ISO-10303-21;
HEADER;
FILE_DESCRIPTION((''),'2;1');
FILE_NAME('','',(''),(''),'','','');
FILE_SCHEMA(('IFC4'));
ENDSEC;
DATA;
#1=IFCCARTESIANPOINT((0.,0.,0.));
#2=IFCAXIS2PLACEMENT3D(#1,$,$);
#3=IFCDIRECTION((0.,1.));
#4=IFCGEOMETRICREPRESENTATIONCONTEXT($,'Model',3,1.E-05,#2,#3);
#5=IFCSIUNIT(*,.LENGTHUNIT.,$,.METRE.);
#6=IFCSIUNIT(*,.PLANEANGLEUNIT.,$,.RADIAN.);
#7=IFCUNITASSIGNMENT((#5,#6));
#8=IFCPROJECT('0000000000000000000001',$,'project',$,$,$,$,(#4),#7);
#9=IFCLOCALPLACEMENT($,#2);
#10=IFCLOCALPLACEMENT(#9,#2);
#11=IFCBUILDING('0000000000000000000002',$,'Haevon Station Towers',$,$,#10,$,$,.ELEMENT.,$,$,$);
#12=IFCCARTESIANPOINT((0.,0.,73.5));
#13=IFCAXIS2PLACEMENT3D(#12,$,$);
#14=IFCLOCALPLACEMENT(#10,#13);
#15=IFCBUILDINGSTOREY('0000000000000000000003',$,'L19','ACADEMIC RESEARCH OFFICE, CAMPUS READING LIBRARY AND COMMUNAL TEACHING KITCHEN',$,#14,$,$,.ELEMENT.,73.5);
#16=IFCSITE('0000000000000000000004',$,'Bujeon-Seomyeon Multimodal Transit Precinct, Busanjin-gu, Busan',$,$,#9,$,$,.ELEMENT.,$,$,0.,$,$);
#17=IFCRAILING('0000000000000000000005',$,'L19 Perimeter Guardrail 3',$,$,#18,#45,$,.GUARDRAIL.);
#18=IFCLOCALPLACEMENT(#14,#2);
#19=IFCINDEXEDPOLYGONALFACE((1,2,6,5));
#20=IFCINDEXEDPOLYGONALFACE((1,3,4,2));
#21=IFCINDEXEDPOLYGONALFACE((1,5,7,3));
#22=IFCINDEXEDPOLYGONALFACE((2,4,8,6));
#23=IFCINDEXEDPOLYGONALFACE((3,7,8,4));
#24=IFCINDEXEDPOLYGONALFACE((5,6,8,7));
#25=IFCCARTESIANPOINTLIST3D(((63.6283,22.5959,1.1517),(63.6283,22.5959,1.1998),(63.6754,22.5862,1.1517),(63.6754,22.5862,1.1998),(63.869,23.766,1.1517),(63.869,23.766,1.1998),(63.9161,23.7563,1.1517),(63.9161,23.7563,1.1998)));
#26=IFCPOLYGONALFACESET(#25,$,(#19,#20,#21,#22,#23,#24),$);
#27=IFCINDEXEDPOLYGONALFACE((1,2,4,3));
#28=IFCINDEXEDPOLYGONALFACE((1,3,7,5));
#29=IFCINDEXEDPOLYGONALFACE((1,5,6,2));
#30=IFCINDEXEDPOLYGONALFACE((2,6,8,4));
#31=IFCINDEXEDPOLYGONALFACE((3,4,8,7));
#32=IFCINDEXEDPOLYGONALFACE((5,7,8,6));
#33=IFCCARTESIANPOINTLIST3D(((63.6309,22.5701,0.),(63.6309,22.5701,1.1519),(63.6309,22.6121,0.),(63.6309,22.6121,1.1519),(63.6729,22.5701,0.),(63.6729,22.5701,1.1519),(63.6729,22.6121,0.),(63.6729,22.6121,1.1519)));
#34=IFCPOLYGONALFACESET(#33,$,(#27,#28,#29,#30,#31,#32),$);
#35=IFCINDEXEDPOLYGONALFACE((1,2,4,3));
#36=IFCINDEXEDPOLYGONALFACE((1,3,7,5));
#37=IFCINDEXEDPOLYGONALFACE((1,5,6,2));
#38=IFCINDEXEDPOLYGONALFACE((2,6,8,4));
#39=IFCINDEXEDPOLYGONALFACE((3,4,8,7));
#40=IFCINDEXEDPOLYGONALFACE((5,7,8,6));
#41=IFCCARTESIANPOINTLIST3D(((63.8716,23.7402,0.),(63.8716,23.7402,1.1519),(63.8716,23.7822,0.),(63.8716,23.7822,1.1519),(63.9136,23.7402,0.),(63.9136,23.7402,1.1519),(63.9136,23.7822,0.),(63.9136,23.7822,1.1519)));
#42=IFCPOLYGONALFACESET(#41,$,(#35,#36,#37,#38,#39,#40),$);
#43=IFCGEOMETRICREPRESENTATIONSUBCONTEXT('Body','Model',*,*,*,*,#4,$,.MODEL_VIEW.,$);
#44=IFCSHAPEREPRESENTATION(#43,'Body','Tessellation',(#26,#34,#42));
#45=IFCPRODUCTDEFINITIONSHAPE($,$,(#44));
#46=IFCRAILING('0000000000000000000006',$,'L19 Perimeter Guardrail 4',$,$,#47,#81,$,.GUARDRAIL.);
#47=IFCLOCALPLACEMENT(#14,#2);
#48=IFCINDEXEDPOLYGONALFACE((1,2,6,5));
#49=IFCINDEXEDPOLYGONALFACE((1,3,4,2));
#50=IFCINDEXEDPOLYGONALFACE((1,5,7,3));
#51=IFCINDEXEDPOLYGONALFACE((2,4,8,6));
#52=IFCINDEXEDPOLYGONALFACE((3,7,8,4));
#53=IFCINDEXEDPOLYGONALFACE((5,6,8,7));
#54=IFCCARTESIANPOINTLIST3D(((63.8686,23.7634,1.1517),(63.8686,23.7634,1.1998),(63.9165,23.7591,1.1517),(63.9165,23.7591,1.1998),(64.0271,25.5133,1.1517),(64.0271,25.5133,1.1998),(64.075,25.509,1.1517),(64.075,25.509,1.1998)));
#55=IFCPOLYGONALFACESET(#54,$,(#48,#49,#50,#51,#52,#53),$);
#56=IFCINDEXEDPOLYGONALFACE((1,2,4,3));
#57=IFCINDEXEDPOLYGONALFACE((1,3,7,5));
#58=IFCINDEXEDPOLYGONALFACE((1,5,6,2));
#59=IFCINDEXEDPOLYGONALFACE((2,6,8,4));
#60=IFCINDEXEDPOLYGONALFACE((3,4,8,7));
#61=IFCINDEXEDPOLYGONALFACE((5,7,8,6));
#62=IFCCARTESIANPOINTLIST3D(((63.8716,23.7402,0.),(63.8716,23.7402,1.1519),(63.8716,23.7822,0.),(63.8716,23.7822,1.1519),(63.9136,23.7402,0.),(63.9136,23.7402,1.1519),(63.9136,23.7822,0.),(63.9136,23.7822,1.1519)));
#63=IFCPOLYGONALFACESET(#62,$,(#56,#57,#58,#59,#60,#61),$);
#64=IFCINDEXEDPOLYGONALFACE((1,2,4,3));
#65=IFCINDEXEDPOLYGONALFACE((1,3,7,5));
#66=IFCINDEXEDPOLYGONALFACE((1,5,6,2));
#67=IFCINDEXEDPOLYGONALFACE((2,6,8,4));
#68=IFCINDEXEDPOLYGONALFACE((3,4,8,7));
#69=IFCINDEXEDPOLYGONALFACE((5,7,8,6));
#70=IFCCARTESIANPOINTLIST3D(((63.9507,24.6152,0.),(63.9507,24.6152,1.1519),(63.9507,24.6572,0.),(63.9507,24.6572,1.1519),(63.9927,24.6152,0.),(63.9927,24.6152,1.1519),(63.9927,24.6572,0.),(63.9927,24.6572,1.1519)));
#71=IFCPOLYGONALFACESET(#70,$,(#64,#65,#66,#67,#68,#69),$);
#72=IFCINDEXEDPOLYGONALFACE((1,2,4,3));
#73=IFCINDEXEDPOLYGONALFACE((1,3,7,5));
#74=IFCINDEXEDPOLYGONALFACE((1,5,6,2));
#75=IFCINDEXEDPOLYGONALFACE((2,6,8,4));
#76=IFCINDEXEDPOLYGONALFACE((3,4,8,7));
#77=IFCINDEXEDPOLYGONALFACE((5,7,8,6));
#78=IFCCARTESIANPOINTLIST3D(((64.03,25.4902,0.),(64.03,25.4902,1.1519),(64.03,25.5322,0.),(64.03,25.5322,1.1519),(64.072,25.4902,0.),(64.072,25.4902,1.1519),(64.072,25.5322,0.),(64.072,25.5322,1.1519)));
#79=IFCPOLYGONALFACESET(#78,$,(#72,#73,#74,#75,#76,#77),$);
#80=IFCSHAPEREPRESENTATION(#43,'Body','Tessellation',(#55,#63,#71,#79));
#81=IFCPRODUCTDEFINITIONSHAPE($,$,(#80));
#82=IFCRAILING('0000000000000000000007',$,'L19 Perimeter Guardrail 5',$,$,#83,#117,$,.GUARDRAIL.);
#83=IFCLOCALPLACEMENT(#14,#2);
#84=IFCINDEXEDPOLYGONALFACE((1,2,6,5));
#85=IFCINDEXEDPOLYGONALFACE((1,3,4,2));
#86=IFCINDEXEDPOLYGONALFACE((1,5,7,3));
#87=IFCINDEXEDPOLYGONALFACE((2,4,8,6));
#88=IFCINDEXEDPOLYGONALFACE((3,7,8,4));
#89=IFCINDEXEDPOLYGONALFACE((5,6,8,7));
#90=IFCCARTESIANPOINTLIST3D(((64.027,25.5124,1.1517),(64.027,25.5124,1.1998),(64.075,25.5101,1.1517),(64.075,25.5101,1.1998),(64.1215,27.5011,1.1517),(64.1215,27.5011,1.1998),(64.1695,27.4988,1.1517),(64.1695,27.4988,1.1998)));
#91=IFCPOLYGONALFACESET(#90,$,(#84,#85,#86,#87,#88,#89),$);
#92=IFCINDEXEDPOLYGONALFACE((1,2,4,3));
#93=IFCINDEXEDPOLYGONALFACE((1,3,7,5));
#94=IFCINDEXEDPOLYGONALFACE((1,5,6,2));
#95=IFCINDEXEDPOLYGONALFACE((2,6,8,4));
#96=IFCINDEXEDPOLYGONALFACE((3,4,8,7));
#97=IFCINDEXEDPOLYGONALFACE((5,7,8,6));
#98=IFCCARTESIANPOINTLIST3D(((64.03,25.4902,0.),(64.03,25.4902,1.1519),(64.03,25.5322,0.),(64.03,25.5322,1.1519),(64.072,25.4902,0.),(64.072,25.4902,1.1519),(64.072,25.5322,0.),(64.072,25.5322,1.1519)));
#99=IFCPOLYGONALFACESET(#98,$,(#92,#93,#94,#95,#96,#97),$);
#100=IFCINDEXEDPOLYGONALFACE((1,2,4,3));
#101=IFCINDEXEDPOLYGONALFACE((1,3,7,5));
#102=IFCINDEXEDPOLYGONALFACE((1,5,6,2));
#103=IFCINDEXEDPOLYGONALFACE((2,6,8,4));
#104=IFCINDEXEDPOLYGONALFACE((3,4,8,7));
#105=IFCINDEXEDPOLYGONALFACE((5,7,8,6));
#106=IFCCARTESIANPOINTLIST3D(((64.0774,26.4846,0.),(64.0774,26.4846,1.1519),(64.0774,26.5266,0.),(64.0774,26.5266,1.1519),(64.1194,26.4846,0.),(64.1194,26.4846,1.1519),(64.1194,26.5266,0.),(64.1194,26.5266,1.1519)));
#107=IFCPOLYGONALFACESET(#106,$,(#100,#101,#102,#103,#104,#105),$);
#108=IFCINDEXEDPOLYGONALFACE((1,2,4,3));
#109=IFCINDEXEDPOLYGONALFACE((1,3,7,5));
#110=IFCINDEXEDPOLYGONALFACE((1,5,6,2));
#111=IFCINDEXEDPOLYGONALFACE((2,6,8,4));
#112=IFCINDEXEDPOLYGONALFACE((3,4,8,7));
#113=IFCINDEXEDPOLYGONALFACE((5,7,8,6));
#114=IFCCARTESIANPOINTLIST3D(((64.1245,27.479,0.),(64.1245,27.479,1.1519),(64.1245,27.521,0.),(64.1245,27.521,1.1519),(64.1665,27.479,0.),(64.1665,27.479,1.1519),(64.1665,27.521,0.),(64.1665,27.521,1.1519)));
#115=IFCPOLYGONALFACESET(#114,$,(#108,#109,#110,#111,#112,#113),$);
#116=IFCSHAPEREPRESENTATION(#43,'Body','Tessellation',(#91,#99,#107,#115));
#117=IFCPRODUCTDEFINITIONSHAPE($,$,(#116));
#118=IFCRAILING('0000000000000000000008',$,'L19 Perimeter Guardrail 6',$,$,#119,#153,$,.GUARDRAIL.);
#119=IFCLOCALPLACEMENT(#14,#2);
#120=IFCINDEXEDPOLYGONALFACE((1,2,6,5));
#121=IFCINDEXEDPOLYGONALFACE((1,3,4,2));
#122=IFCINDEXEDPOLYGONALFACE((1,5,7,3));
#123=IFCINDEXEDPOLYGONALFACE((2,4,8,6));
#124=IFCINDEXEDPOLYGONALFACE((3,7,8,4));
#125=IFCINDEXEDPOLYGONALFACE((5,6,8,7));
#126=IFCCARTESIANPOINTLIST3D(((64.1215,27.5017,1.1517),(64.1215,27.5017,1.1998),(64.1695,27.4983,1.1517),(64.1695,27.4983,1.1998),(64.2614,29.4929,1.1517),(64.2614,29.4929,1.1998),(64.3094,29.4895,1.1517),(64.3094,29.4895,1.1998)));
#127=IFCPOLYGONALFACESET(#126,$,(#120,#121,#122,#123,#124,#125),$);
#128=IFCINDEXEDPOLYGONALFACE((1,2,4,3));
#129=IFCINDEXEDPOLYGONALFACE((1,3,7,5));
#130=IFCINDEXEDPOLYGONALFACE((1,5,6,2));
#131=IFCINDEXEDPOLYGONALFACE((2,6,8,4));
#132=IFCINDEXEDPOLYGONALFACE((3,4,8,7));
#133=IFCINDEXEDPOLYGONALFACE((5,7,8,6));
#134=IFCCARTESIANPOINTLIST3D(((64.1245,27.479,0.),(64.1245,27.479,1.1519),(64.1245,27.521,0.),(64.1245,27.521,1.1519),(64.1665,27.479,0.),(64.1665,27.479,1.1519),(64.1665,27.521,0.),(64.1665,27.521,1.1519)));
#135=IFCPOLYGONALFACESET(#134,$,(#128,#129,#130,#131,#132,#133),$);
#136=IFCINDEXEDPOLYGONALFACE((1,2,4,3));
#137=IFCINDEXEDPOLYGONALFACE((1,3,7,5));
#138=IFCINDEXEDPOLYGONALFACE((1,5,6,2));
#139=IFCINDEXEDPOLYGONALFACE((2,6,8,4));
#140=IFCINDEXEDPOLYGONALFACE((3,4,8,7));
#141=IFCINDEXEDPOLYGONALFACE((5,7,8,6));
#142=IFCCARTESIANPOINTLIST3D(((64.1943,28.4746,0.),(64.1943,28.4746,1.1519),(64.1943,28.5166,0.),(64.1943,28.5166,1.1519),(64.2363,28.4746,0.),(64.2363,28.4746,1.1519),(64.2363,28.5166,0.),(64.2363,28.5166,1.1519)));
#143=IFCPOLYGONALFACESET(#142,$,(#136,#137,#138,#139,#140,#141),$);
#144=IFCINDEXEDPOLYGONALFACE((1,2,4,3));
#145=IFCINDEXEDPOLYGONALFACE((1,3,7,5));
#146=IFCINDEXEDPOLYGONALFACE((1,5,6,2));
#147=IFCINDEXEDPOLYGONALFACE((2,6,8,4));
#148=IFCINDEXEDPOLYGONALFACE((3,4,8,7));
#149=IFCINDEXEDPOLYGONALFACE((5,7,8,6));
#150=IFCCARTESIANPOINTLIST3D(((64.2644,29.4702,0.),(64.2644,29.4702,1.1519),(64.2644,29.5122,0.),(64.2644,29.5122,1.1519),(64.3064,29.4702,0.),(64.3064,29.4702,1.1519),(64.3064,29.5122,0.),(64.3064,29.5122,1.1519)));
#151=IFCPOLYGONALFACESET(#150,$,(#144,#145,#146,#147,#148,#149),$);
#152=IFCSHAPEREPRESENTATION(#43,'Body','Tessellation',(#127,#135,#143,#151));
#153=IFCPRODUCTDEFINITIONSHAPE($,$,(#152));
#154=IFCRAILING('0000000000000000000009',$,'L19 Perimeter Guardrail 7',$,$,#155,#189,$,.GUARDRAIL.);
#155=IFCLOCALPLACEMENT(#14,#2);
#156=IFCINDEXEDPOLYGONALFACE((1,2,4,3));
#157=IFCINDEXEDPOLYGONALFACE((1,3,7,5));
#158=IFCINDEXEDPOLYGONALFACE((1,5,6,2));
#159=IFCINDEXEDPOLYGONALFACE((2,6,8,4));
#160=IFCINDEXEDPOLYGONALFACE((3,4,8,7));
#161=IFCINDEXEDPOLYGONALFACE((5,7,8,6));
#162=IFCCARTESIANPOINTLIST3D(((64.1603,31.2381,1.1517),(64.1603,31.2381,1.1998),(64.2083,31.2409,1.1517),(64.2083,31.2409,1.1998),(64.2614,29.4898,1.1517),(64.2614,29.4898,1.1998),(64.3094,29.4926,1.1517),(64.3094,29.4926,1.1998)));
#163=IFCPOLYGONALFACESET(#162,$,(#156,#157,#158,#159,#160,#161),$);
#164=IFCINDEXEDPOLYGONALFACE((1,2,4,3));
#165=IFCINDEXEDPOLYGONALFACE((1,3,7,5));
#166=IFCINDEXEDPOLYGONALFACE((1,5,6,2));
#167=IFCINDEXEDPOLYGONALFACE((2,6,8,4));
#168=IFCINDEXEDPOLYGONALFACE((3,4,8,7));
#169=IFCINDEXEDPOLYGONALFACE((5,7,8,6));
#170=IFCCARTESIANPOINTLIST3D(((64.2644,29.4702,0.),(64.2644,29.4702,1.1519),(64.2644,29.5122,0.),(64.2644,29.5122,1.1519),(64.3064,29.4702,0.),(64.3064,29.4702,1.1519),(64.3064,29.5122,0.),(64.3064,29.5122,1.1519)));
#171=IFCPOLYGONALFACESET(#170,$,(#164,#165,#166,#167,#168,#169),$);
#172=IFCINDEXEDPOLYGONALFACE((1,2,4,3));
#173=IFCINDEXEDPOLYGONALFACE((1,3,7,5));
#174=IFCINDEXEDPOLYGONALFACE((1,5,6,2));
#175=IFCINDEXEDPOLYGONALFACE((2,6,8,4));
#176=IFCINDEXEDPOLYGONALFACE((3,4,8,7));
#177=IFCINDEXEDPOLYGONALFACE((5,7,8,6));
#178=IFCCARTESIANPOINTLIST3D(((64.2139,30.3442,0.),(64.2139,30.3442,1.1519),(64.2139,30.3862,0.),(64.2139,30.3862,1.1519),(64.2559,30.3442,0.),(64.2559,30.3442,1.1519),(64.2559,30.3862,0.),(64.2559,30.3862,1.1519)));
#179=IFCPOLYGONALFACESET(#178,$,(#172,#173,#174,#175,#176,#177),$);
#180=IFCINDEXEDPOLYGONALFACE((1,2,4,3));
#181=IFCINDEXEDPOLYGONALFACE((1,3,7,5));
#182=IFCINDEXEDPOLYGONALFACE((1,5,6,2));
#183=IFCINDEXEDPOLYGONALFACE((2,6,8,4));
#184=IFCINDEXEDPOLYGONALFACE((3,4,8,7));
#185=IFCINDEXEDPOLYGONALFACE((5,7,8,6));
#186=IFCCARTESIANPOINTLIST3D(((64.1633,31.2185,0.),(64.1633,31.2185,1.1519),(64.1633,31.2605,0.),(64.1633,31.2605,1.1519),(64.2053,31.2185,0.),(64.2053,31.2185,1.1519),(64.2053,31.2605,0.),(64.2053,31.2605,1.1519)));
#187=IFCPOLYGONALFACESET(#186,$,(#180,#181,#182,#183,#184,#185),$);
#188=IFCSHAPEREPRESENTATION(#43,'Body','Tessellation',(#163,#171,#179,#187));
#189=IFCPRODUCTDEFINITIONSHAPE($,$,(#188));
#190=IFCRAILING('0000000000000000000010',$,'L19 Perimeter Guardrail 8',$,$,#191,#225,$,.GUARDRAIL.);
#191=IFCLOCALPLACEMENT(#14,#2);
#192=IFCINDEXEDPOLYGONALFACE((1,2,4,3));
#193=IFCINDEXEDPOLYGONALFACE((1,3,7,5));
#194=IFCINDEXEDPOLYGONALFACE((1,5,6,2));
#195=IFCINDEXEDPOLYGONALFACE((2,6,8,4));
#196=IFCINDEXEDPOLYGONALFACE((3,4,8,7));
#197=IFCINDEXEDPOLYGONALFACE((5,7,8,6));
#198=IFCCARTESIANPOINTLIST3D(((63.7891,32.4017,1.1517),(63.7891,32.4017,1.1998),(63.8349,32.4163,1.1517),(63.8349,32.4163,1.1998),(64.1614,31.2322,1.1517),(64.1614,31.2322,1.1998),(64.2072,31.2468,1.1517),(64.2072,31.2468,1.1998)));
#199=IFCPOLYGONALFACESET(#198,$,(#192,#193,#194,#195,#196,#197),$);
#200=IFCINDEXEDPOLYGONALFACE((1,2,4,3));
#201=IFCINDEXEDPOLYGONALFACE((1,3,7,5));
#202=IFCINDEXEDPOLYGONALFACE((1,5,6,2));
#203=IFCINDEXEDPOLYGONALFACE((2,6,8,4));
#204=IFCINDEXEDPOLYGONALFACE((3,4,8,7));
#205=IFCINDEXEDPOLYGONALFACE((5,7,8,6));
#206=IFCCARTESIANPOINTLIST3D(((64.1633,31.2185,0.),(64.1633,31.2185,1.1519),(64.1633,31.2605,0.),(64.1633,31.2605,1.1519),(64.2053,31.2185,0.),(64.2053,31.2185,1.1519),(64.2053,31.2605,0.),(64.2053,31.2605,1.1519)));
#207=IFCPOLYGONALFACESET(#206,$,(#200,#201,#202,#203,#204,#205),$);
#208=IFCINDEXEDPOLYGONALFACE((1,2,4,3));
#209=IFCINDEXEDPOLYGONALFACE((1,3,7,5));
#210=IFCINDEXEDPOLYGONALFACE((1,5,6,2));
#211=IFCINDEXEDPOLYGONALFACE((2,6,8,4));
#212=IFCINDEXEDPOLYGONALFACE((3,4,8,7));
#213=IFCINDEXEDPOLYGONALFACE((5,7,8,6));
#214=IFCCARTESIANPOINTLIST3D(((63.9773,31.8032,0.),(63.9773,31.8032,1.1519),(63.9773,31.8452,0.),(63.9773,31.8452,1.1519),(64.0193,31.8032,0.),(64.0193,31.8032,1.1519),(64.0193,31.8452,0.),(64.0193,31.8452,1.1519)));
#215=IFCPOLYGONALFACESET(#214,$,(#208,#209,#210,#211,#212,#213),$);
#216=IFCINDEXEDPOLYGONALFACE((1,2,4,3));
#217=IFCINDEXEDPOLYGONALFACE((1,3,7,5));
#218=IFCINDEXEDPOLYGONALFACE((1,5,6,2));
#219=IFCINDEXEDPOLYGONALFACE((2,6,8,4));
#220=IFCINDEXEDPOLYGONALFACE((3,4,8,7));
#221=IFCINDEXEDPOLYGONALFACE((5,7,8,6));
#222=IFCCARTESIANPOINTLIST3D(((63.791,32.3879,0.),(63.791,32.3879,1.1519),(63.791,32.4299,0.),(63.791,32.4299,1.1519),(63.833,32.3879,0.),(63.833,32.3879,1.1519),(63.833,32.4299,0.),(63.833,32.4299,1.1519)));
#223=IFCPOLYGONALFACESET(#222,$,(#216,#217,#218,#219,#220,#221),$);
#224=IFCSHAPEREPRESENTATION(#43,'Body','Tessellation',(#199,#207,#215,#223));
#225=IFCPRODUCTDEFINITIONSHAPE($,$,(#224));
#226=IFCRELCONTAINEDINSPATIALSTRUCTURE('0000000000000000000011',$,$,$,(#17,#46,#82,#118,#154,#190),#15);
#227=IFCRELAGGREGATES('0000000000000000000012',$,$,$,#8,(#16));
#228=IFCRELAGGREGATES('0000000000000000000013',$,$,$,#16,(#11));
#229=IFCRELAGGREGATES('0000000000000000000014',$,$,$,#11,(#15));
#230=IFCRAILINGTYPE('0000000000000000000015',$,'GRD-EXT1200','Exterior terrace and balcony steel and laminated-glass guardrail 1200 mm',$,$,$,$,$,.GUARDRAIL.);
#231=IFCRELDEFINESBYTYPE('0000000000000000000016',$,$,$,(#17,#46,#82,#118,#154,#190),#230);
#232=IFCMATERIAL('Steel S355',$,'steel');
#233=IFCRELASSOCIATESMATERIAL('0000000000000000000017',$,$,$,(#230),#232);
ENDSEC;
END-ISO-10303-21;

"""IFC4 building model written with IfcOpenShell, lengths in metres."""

from ifc_helpers import new_model, si_unit, direction, frame, origin, origin_2d, place, context, subcontext, project, spatial, rectangle, extrude, material, type_object, element, save


model = new_model("IFC4")

# Units and contexts
model_context = context("Model", 3, precision=1e-05, world=origin(), true_north=direction((0.0, 1.0)))
body_context = subcontext(model_context, "Body", "Model", "MODEL_VIEW")
ifc_project = project(units=[si_unit("LENGTHUNIT", "METRE"), si_unit("PLANEANGLEUNIT", "RADIAN")], contexts=[model_context])

# Site, building, storey
site_placement = place(None, origin())
site = spatial("IfcSite", under=ifc_project, at=site_placement, Name="Bujeon-Seomyeon Multimodal Transit Precinct, Busanjin-gu, Busan", CompositionType="ELEMENT", RefElevation=0.0)
building_placement = place(site_placement, origin())
building = spatial("IfcBuilding", under=site, at=building_placement, Name="Haevon Station Towers", CompositionType="ELEMENT")
storey_placement = place(building_placement, frame((0.0, 0.0, 73.5)))
storey = spatial("IfcBuildingStorey", under=building, at=storey_placement, Name="L19", Description="ACADEMIC RESEARCH OFFICE, CAMPUS READING LIBRARY AND COMMUNAL TEACHING KITCHEN", CompositionType="ELEMENT", Elevation=73.5)

# Shared definitions
ifc_material_1 = material(Name="Steel S355", Category="steel")

# Railings
railing_type = type_object("IfcRailingType", Name="GRD-EXT1200", Description="Exterior terrace and balcony steel and laminated-glass guardrail 1200 mm", PredefinedType="GUARDRAIL", material=ifc_material_1)
railing_1_placement = place(storey_placement, frame((63.6519, 22.5911, 0.0)))
element("IfcRailing", 1, at=railing_1_placement, inside=storey, type_object=railing_type, Name="L19 Perimeter Guardrail 3", PredefinedType="GUARDRAIL", context=body_context, shape_type="SweptSolid", body=[
    extrude(rectangle(XDim=0.0481, YDim=0.0481, at=origin_2d()), frame((0.0, 0.0, 1.1758), z_axis=(0.201497, 0.979489, 0.0), x_axis=(-0.979489, 0.201497, 0.0)), (0.0, 0.0, 1.0), 1.1946),
    extrude(rectangle(XDim=0.042, YDim=0.042, at=origin_2d()), origin(), (0.0, 0.0, 1.0), 1.1519),
    extrude(rectangle(XDim=0.042, YDim=0.042, at=origin_2d()), frame((0.2407, 1.1702, 0.0)), (0.0, 0.0, 1.0), 1.1519),
])
railing_2_placement = place(storey_placement, frame((63.8926, 23.7612, 0.0)))
element("IfcRailing", 2, at=railing_2_placement, inside=storey, type_object=railing_type, Name="L19 Perimeter Guardrail 4", PredefinedType="GUARDRAIL", context=body_context, shape_type="SweptSolid", body=[
    extrude(rectangle(XDim=0.0481, YDim=0.0481, at=origin_2d()), frame((0.0, 0.0, 1.1758), z_axis=(0.090172, 0.995926, 0.0), x_axis=(-0.995926, 0.090172, 0.0)), (0.0, 0.0, 1.0), 1.7571),
    extrude(rectangle(XDim=0.042, YDim=0.042, at=origin_2d()), origin(), (0.0, 0.0, 1.0), 1.1519),
    extrude(rectangle(XDim=0.042, YDim=0.042, at=origin_2d()), frame((0.0791, 0.875, 0.0)), (0.0, 0.0, 1.0), 1.1519),
    extrude(rectangle(XDim=0.042, YDim=0.042, at=origin_2d()), frame((0.1584, 1.75, 0.0)), (0.0, 0.0, 1.0), 1.1519),
])
railing_3_placement = place(storey_placement, frame((64.051, 25.5112, 0.0)))
element("IfcRailing", 3, at=railing_3_placement, inside=storey, type_object=railing_type, Name="L19 Perimeter Guardrail 5", PredefinedType="GUARDRAIL", context=body_context, shape_type="SweptSolid", body=[
    extrude(rectangle(XDim=0.0481, YDim=0.0481, at=origin_2d()), frame((0.0, 0.0, 1.1758), z_axis=(0.047454, 0.998873, 0.0), x_axis=(-0.998873, 0.047454, 0.0)), (0.0, 0.0, 1.0), 1.991),
    extrude(rectangle(XDim=0.042, YDim=0.042, at=origin_2d()), origin(), (0.0, 0.0, 1.0), 1.1519),
    extrude(rectangle(XDim=0.042, YDim=0.042, at=origin_2d()), frame((0.0474, 0.9944, 0.0)), (0.0, 0.0, 1.0), 1.1519),
    extrude(rectangle(XDim=0.042, YDim=0.042, at=origin_2d()), frame((0.0945, 1.9888, 0.0)), (0.0, 0.0, 1.0), 1.1519),
])
railing_4_placement = place(storey_placement, frame((64.1455, 27.5, 0.0)))
element("IfcRailing", 4, at=railing_4_placement, inside=storey, type_object=railing_type, Name="L19 Perimeter Guardrail 6", PredefinedType="GUARDRAIL", context=body_context, shape_type="SweptSolid", body=[
    extrude(rectangle(XDim=0.0481, YDim=0.0481, at=origin_2d()), frame((0.0, 0.0, 1.1758), z_axis=(0.070082, 0.997541, 0.0), x_axis=(-0.997541, 0.070082, 0.0)), (0.0, 0.0, 1.0), 1.9961),
    extrude(rectangle(XDim=0.042, YDim=0.042, at=origin_2d()), origin(), (0.0, 0.0, 1.0), 1.1519),
    extrude(rectangle(XDim=0.042, YDim=0.042, at=origin_2d()), frame((0.0698, 0.9956, 0.0)), (0.0, 0.0, 1.0), 1.1519),
    extrude(rectangle(XDim=0.042, YDim=0.042, at=origin_2d()), frame((0.1399, 1.9912, 0.0)), (0.0, 0.0, 1.0), 1.1519),
])
railing_5_placement = place(storey_placement, frame((64.2854, 29.4912, 0.0)))
element("IfcRailing", 5, at=railing_5_placement, inside=storey, type_object=railing_type, Name="L19 Perimeter Guardrail 7", PredefinedType="GUARDRAIL", context=body_context, shape_type="SweptSolid", body=[
    extrude(rectangle(XDim=0.0481, YDim=0.0481, at=origin_2d()), frame((0.0, 0.0, 1.1758), z_axis=(-0.057717, 0.998333, 0.0), x_axis=(-0.998333, -0.057717, 0.0)), (0.0, 0.0, 1.0), 1.7512),
    extrude(rectangle(XDim=0.042, YDim=0.042, at=origin_2d()), origin(), (0.0, 0.0, 1.0), 1.1519),
    extrude(rectangle(XDim=0.042, YDim=0.042, at=origin_2d()), frame((-0.0505, 0.874, 0.0)), (0.0, 0.0, 1.0), 1.1519),
    extrude(rectangle(XDim=0.042, YDim=0.042, at=origin_2d()), frame((-0.1011, 1.7483, 0.0)), (0.0, 0.0, 1.0), 1.1519),
])
railing_6_placement = place(storey_placement, frame((64.1843, 31.2395, 0.0)))
element("IfcRailing", 6, at=railing_6_placement, inside=storey, type_object=railing_type, Name="L19 Perimeter Guardrail 8", PredefinedType="GUARDRAIL", context=body_context, shape_type="SweptSolid", body=[
    extrude(rectangle(XDim=0.0481, YDim=0.0481, at=origin_2d()), frame((0.0, 0.0, 1.1758), z_axis=(-0.303368, 0.952874, 0.0), x_axis=(-0.952874, -0.303368, 0.0)), (0.0, 0.0, 1.0), 1.2273),
    extrude(rectangle(XDim=0.042, YDim=0.042, at=origin_2d()), origin(), (0.0, 0.0, 1.0), 1.1519),
    extrude(rectangle(XDim=0.042, YDim=0.042, at=origin_2d()), frame((-0.186, 0.5847, 0.0)), (0.0, 0.0, 1.0), 1.1519),
    extrude(rectangle(XDim=0.042, YDim=0.042, at=origin_2d()), frame((-0.3723, 1.1694, 0.0)), (0.0, 0.0, 1.0), 1.1519),
])

save(model, "model.ifc")
